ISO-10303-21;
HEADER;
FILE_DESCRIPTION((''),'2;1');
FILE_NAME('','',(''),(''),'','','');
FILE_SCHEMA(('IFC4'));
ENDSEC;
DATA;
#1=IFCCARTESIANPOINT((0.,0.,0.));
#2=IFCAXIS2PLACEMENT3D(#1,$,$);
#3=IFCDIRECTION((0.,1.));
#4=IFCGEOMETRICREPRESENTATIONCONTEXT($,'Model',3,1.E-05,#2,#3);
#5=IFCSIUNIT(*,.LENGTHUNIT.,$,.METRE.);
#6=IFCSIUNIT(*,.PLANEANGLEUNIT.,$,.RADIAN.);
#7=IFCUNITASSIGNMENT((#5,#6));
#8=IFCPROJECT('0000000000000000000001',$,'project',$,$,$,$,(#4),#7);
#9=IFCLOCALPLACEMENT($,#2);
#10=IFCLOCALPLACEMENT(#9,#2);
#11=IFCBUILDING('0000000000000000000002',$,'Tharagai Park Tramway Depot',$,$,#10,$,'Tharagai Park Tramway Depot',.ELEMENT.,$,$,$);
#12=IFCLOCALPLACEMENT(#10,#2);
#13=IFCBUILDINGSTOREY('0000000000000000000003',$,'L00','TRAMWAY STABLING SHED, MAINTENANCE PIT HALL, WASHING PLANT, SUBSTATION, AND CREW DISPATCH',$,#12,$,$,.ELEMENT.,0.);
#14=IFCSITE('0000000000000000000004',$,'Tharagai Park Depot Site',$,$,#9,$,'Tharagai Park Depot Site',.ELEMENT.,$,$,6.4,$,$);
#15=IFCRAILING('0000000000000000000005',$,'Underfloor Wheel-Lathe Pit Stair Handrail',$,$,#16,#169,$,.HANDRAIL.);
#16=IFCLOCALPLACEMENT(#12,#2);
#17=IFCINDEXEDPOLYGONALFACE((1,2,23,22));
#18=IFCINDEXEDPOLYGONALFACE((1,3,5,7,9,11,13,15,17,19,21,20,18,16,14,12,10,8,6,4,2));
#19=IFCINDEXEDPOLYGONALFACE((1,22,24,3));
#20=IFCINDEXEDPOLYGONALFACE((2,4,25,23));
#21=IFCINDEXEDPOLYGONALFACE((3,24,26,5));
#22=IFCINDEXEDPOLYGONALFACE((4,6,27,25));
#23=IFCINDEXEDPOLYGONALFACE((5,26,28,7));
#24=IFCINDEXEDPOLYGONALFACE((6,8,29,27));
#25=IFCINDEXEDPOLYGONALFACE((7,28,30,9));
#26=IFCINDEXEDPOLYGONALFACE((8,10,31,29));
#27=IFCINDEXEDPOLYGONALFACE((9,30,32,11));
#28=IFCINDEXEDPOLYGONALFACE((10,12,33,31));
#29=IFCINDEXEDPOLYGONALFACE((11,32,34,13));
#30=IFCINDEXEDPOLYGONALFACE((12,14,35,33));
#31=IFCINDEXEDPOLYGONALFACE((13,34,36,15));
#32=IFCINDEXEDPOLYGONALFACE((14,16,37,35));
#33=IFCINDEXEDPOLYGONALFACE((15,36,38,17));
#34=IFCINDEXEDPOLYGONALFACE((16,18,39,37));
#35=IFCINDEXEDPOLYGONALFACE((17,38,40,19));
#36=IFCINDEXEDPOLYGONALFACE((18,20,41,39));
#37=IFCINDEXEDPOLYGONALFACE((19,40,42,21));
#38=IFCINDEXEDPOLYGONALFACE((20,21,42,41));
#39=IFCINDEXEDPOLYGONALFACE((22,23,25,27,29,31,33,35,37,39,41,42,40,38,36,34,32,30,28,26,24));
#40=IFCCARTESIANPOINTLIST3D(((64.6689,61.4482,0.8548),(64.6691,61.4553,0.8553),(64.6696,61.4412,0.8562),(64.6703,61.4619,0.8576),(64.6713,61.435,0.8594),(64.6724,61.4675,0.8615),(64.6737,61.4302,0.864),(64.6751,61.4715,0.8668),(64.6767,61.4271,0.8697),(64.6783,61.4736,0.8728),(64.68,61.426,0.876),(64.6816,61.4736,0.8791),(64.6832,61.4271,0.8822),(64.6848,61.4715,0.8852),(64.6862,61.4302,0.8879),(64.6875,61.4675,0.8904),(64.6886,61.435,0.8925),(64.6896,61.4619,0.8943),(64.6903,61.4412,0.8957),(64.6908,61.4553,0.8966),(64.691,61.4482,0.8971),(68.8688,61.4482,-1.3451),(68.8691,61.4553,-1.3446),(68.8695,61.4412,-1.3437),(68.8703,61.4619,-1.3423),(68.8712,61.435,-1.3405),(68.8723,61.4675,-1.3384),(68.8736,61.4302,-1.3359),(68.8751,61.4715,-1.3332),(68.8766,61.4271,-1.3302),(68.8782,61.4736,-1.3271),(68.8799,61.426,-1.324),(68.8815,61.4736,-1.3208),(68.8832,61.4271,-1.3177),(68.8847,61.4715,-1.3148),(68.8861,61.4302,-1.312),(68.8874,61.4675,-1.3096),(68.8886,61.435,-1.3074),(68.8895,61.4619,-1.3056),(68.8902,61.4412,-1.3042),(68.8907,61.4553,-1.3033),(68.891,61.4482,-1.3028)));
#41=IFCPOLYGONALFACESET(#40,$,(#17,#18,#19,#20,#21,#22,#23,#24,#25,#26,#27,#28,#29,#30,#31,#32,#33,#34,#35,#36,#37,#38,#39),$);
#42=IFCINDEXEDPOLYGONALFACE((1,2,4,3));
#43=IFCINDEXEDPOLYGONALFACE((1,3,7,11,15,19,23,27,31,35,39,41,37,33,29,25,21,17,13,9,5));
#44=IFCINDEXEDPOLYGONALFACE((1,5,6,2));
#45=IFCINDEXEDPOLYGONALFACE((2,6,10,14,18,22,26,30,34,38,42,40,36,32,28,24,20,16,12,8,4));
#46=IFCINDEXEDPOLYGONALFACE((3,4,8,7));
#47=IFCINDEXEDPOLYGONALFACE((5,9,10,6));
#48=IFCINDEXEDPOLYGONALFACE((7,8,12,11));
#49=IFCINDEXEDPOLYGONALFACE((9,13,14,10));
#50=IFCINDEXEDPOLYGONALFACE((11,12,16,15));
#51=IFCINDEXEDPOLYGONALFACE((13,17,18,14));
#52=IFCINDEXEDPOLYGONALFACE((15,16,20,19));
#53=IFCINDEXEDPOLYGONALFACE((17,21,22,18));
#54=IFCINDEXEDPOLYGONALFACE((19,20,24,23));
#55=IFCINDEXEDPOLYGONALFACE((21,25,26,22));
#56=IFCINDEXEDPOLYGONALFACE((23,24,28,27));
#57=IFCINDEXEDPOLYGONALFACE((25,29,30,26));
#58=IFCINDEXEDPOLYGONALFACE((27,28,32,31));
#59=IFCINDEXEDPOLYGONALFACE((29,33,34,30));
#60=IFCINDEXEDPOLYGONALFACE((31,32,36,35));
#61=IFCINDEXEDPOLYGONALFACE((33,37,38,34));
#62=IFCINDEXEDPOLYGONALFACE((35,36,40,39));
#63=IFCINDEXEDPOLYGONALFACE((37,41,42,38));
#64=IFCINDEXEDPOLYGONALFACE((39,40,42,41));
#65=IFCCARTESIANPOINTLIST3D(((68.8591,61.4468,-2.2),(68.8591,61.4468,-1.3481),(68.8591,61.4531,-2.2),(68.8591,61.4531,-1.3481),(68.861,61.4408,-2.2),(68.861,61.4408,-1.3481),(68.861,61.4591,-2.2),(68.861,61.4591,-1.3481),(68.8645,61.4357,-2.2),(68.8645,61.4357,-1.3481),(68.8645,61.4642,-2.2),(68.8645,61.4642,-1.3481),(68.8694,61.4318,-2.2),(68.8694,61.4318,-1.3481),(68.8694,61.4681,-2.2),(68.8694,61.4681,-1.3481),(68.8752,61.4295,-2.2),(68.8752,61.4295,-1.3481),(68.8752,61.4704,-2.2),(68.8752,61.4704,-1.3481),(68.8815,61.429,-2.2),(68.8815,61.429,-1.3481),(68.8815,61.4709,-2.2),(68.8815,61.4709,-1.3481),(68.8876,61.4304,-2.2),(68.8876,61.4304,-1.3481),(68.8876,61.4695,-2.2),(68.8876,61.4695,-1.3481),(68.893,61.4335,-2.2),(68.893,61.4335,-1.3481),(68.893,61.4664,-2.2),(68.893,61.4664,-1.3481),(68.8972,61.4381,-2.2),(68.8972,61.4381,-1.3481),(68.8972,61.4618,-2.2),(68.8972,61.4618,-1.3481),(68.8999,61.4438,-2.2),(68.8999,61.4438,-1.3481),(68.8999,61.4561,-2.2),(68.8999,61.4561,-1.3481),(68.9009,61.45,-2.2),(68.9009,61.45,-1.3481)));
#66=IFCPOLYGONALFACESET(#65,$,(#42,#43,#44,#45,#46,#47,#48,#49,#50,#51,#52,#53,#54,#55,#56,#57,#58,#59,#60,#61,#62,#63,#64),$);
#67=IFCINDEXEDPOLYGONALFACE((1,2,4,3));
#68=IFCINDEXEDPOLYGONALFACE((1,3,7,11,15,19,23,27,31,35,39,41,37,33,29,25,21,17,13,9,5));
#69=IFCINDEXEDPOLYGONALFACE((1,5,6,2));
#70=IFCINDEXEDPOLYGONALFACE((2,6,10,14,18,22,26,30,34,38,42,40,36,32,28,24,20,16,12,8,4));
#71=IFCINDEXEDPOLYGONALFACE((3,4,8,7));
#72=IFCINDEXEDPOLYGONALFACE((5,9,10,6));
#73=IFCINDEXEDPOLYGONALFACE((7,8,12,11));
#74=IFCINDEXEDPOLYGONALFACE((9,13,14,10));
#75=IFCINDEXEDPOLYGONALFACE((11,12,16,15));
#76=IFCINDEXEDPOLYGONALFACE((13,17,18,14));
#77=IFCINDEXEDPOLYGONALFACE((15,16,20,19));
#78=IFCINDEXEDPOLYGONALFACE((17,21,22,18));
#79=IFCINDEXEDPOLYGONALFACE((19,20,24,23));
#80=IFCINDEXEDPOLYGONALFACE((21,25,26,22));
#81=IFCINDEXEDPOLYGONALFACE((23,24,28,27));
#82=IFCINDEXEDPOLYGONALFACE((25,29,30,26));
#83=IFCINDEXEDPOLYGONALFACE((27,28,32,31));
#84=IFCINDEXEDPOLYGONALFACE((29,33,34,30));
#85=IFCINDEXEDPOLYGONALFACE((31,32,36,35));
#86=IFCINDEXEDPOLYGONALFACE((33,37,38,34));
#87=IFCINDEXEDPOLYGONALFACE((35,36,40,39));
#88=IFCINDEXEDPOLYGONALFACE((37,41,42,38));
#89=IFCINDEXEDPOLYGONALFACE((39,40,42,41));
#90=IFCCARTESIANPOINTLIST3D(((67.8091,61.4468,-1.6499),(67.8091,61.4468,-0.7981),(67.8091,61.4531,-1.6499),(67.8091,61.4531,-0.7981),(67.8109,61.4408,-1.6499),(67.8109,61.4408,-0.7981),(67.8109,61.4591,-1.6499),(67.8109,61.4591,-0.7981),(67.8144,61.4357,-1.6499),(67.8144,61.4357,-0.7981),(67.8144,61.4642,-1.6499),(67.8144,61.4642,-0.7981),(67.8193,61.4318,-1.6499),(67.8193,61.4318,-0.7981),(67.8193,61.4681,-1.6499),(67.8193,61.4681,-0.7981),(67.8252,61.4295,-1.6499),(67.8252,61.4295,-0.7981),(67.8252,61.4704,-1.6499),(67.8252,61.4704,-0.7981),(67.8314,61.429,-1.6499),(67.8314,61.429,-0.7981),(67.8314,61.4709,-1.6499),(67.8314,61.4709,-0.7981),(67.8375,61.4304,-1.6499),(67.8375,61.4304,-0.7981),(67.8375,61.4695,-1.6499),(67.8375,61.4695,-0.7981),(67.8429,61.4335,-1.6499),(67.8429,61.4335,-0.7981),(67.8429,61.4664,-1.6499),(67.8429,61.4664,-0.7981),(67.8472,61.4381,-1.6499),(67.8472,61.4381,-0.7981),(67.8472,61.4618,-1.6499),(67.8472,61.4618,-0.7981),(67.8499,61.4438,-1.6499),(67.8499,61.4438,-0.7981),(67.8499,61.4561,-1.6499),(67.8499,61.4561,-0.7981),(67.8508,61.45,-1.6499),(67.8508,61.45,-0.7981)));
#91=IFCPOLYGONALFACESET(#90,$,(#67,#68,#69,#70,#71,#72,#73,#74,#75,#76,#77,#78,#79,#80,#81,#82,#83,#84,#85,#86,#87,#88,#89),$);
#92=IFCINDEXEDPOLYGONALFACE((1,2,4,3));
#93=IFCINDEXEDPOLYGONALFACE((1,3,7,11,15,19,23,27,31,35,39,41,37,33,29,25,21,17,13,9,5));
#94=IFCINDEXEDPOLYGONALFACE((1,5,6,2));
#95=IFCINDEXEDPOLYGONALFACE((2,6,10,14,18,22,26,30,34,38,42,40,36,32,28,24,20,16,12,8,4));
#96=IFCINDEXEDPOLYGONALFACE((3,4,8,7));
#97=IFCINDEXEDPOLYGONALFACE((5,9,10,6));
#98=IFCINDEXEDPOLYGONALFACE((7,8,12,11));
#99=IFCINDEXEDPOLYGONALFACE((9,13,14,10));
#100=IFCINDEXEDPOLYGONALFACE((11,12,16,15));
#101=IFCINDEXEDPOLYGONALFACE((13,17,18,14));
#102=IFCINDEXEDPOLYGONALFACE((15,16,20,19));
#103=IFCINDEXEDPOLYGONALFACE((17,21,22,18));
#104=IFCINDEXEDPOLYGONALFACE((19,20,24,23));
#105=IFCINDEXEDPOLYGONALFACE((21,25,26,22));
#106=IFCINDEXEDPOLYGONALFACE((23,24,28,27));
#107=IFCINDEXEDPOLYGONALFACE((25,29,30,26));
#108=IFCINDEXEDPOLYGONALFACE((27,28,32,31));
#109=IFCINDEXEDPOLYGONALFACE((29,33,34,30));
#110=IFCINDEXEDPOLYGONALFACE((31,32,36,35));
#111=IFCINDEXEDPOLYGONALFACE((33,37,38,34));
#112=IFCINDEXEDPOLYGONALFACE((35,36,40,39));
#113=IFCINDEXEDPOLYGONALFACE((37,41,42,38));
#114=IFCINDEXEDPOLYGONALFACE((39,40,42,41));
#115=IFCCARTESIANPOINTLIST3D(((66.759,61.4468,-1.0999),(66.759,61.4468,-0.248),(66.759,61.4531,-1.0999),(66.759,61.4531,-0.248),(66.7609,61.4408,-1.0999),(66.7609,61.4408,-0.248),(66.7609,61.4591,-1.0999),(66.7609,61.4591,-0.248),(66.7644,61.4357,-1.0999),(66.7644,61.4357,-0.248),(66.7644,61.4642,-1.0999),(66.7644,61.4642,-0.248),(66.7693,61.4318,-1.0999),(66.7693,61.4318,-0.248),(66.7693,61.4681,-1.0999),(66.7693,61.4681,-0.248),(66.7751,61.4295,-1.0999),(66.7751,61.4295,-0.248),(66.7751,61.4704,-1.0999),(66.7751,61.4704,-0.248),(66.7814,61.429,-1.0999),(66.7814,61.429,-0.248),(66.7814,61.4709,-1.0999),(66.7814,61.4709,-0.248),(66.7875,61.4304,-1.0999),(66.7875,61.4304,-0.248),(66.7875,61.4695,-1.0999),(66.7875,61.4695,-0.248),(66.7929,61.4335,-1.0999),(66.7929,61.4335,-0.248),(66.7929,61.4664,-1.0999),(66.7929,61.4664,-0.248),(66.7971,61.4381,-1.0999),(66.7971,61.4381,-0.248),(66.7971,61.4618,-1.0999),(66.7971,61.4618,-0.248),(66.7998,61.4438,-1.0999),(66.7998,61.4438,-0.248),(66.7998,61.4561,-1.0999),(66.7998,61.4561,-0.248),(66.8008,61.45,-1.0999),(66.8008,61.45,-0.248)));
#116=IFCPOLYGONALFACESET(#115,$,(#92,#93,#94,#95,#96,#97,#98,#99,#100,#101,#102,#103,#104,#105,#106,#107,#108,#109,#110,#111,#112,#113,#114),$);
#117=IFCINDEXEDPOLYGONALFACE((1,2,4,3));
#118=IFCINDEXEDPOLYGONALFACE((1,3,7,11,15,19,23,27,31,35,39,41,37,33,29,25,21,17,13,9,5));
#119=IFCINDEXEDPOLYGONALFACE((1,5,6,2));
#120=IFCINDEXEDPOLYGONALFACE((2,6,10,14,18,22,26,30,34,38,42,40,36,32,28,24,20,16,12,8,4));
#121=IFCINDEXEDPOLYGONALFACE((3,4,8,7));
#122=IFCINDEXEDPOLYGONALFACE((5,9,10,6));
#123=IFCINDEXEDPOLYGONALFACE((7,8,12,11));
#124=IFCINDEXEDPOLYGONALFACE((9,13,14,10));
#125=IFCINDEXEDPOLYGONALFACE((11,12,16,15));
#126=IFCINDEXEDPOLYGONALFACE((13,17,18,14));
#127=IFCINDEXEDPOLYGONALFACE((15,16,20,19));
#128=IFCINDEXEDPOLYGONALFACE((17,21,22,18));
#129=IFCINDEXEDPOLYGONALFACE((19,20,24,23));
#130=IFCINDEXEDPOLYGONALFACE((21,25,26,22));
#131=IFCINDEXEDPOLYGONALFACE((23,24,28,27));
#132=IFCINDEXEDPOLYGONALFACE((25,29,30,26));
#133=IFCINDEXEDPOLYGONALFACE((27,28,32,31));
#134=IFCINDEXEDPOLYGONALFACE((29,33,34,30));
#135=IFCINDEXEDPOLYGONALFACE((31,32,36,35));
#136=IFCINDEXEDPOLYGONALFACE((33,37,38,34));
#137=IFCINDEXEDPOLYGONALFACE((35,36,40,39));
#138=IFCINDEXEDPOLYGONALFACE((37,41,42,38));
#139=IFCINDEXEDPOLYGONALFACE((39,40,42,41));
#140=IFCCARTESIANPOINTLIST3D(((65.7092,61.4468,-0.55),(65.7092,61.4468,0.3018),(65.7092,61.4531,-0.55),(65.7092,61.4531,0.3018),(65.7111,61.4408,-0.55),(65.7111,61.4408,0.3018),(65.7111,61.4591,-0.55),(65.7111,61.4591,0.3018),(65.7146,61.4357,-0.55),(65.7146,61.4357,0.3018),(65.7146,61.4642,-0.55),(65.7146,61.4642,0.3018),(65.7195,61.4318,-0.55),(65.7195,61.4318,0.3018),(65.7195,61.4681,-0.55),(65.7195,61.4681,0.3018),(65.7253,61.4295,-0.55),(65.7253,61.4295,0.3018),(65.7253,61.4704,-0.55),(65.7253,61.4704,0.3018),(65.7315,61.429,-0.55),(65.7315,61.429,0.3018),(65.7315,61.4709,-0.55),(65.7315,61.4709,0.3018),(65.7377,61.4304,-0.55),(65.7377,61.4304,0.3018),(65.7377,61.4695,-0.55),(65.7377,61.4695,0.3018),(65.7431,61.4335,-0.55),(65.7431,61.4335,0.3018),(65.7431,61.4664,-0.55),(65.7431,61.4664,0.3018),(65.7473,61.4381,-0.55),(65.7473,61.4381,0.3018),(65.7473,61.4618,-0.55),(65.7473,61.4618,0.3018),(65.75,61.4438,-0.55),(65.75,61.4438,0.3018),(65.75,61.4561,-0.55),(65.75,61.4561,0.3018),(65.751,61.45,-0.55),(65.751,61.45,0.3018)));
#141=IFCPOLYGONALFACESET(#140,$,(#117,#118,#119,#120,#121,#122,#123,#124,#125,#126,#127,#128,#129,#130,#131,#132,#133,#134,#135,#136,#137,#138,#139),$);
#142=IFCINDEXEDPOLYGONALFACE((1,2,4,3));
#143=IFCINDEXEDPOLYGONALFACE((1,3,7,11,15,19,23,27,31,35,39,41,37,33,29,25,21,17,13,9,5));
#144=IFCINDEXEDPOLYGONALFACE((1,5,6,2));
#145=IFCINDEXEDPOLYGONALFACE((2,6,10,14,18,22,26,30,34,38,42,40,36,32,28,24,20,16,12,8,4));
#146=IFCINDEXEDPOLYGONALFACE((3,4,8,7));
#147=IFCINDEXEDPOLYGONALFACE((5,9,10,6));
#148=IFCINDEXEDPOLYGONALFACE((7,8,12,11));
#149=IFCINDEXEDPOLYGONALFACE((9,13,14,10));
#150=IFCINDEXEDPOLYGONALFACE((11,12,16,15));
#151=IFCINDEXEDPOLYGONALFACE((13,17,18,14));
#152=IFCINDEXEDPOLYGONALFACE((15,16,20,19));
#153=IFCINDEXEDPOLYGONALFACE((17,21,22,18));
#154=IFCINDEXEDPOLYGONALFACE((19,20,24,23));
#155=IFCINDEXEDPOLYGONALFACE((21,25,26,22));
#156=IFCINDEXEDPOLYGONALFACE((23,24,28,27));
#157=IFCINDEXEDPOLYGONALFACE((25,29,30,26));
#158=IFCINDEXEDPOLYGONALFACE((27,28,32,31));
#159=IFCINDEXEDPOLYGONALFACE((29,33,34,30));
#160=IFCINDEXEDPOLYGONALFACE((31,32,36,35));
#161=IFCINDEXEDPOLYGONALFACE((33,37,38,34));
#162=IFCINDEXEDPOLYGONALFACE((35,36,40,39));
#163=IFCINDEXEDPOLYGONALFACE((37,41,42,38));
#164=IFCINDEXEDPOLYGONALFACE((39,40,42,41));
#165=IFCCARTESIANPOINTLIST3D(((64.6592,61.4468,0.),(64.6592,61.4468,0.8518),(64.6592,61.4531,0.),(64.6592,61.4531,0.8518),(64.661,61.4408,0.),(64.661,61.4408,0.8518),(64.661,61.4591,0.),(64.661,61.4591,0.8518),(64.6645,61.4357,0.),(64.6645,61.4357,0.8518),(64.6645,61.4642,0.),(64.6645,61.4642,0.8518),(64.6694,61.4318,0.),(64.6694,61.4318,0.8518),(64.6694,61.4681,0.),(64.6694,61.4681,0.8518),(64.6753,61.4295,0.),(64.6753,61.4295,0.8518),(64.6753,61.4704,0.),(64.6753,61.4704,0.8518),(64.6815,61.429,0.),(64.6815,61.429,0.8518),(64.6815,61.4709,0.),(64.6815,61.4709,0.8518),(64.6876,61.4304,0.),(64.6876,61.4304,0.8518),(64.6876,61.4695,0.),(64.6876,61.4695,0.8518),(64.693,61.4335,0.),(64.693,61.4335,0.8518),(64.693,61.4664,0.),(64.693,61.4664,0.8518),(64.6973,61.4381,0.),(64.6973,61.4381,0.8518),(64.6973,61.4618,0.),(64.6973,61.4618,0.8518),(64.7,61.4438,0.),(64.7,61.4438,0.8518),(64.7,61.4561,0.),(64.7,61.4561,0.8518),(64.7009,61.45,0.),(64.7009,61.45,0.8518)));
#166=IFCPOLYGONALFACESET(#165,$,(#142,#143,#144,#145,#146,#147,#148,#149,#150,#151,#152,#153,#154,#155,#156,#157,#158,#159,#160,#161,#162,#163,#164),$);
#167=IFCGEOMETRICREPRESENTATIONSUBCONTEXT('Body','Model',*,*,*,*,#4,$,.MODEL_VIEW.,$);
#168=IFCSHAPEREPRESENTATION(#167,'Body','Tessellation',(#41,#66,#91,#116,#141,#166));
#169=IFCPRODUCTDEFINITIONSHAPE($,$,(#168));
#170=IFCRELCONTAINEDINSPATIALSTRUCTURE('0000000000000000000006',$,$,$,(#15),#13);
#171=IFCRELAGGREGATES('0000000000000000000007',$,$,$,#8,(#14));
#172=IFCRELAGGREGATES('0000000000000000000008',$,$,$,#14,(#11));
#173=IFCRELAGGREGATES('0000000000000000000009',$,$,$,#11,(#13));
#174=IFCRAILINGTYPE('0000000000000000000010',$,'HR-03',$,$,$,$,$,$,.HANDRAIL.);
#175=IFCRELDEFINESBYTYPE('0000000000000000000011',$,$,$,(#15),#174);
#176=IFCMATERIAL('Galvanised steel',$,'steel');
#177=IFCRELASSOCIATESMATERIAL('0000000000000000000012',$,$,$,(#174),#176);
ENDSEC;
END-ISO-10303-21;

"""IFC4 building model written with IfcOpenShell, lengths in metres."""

from ifc_helpers import new_model, si_unit, direction, frame, origin, origin_2d, place, context, subcontext, project, spatial, circle, extrude, material, type_object, element, save


model = new_model("IFC4")

# Units and contexts
model_context = context("Model", 3, precision=1e-05, world=origin(), true_north=direction((0.0, 1.0)))
body_context = subcontext(model_context, "Body", "Model", "MODEL_VIEW")
ifc_project = project(units=[si_unit("LENGTHUNIT", "METRE"), si_unit("PLANEANGLEUNIT", "RADIAN")], contexts=[model_context])

# Site, building, storey
site_placement = place(None, origin())
site = spatial("IfcSite", under=ifc_project, at=site_placement, Name="Tharagai Park Depot Site", LongName="Tharagai Park Depot Site", CompositionType="ELEMENT", RefElevation=6.4)
building_placement = place(site_placement, origin())
building = spatial("IfcBuilding", under=site, at=building_placement, Name="Tharagai Park Tramway Depot", LongName="Tharagai Park Tramway Depot", CompositionType="ELEMENT")
storey_placement = place(building_placement, origin())
storey = spatial("IfcBuildingStorey", under=building, at=storey_placement, Name="L00", Description="TRAMWAY STABLING SHED, MAINTENANCE PIT HALL, WASHING PLANT, SUBSTATION, AND CREW DISPATCH", CompositionType="ELEMENT", Elevation=0.0)

# Railing
ifc_material_1 = material(Name="Galvanised steel", Category="steel")
railing_type_1 = type_object("IfcRailingType", Name="HR-03", PredefinedType="HANDRAIL", material=ifc_material_1)
railing_1_placement = place(storey_placement, frame((68.8799, 61.45, -2.2)))
element("IfcRailing", 1, at=railing_1_placement, inside=storey, type_object=railing_type_1, Name="Underfloor Wheel-Lathe Pit Stair Handrail", PredefinedType="HANDRAIL", context=body_context, shape_type="SweptSolid", body=[
    extrude(circle(Radius=0.0239, at=origin_2d()), frame((0.0, 0.0, 0.876), z_axis=(-0.885834, 0.0, 0.464003), x_axis=(0.0, -1.0, 0.0)), (0.0, 0.0, 1.0), 4.7412),
    extrude(circle(Radius=0.021, at=origin_2d()), origin(), (0.0, 0.0, 1.0), 0.8518),
    extrude(circle(Radius=0.021, at=origin_2d()), frame((-1.05, 0.0, 0.55)), (0.0, 0.0, 1.0), 0.8518),
    extrude(circle(Radius=0.021, at=origin_2d()), frame((-2.1001, 0.0, 1.1001)), (0.0, 0.0, 1.0), 0.8518),
    extrude(circle(Radius=0.021, at=origin_2d()), frame((-3.1499, 0.0, 1.6499)), (0.0, 0.0, 1.0), 0.8518),
    extrude(circle(Radius=0.021, at=origin_2d()), frame((-4.2, 0.0, 2.2)), (0.0, 0.0, 1.0), 0.8518),
])

save(model, "model.ifc")
